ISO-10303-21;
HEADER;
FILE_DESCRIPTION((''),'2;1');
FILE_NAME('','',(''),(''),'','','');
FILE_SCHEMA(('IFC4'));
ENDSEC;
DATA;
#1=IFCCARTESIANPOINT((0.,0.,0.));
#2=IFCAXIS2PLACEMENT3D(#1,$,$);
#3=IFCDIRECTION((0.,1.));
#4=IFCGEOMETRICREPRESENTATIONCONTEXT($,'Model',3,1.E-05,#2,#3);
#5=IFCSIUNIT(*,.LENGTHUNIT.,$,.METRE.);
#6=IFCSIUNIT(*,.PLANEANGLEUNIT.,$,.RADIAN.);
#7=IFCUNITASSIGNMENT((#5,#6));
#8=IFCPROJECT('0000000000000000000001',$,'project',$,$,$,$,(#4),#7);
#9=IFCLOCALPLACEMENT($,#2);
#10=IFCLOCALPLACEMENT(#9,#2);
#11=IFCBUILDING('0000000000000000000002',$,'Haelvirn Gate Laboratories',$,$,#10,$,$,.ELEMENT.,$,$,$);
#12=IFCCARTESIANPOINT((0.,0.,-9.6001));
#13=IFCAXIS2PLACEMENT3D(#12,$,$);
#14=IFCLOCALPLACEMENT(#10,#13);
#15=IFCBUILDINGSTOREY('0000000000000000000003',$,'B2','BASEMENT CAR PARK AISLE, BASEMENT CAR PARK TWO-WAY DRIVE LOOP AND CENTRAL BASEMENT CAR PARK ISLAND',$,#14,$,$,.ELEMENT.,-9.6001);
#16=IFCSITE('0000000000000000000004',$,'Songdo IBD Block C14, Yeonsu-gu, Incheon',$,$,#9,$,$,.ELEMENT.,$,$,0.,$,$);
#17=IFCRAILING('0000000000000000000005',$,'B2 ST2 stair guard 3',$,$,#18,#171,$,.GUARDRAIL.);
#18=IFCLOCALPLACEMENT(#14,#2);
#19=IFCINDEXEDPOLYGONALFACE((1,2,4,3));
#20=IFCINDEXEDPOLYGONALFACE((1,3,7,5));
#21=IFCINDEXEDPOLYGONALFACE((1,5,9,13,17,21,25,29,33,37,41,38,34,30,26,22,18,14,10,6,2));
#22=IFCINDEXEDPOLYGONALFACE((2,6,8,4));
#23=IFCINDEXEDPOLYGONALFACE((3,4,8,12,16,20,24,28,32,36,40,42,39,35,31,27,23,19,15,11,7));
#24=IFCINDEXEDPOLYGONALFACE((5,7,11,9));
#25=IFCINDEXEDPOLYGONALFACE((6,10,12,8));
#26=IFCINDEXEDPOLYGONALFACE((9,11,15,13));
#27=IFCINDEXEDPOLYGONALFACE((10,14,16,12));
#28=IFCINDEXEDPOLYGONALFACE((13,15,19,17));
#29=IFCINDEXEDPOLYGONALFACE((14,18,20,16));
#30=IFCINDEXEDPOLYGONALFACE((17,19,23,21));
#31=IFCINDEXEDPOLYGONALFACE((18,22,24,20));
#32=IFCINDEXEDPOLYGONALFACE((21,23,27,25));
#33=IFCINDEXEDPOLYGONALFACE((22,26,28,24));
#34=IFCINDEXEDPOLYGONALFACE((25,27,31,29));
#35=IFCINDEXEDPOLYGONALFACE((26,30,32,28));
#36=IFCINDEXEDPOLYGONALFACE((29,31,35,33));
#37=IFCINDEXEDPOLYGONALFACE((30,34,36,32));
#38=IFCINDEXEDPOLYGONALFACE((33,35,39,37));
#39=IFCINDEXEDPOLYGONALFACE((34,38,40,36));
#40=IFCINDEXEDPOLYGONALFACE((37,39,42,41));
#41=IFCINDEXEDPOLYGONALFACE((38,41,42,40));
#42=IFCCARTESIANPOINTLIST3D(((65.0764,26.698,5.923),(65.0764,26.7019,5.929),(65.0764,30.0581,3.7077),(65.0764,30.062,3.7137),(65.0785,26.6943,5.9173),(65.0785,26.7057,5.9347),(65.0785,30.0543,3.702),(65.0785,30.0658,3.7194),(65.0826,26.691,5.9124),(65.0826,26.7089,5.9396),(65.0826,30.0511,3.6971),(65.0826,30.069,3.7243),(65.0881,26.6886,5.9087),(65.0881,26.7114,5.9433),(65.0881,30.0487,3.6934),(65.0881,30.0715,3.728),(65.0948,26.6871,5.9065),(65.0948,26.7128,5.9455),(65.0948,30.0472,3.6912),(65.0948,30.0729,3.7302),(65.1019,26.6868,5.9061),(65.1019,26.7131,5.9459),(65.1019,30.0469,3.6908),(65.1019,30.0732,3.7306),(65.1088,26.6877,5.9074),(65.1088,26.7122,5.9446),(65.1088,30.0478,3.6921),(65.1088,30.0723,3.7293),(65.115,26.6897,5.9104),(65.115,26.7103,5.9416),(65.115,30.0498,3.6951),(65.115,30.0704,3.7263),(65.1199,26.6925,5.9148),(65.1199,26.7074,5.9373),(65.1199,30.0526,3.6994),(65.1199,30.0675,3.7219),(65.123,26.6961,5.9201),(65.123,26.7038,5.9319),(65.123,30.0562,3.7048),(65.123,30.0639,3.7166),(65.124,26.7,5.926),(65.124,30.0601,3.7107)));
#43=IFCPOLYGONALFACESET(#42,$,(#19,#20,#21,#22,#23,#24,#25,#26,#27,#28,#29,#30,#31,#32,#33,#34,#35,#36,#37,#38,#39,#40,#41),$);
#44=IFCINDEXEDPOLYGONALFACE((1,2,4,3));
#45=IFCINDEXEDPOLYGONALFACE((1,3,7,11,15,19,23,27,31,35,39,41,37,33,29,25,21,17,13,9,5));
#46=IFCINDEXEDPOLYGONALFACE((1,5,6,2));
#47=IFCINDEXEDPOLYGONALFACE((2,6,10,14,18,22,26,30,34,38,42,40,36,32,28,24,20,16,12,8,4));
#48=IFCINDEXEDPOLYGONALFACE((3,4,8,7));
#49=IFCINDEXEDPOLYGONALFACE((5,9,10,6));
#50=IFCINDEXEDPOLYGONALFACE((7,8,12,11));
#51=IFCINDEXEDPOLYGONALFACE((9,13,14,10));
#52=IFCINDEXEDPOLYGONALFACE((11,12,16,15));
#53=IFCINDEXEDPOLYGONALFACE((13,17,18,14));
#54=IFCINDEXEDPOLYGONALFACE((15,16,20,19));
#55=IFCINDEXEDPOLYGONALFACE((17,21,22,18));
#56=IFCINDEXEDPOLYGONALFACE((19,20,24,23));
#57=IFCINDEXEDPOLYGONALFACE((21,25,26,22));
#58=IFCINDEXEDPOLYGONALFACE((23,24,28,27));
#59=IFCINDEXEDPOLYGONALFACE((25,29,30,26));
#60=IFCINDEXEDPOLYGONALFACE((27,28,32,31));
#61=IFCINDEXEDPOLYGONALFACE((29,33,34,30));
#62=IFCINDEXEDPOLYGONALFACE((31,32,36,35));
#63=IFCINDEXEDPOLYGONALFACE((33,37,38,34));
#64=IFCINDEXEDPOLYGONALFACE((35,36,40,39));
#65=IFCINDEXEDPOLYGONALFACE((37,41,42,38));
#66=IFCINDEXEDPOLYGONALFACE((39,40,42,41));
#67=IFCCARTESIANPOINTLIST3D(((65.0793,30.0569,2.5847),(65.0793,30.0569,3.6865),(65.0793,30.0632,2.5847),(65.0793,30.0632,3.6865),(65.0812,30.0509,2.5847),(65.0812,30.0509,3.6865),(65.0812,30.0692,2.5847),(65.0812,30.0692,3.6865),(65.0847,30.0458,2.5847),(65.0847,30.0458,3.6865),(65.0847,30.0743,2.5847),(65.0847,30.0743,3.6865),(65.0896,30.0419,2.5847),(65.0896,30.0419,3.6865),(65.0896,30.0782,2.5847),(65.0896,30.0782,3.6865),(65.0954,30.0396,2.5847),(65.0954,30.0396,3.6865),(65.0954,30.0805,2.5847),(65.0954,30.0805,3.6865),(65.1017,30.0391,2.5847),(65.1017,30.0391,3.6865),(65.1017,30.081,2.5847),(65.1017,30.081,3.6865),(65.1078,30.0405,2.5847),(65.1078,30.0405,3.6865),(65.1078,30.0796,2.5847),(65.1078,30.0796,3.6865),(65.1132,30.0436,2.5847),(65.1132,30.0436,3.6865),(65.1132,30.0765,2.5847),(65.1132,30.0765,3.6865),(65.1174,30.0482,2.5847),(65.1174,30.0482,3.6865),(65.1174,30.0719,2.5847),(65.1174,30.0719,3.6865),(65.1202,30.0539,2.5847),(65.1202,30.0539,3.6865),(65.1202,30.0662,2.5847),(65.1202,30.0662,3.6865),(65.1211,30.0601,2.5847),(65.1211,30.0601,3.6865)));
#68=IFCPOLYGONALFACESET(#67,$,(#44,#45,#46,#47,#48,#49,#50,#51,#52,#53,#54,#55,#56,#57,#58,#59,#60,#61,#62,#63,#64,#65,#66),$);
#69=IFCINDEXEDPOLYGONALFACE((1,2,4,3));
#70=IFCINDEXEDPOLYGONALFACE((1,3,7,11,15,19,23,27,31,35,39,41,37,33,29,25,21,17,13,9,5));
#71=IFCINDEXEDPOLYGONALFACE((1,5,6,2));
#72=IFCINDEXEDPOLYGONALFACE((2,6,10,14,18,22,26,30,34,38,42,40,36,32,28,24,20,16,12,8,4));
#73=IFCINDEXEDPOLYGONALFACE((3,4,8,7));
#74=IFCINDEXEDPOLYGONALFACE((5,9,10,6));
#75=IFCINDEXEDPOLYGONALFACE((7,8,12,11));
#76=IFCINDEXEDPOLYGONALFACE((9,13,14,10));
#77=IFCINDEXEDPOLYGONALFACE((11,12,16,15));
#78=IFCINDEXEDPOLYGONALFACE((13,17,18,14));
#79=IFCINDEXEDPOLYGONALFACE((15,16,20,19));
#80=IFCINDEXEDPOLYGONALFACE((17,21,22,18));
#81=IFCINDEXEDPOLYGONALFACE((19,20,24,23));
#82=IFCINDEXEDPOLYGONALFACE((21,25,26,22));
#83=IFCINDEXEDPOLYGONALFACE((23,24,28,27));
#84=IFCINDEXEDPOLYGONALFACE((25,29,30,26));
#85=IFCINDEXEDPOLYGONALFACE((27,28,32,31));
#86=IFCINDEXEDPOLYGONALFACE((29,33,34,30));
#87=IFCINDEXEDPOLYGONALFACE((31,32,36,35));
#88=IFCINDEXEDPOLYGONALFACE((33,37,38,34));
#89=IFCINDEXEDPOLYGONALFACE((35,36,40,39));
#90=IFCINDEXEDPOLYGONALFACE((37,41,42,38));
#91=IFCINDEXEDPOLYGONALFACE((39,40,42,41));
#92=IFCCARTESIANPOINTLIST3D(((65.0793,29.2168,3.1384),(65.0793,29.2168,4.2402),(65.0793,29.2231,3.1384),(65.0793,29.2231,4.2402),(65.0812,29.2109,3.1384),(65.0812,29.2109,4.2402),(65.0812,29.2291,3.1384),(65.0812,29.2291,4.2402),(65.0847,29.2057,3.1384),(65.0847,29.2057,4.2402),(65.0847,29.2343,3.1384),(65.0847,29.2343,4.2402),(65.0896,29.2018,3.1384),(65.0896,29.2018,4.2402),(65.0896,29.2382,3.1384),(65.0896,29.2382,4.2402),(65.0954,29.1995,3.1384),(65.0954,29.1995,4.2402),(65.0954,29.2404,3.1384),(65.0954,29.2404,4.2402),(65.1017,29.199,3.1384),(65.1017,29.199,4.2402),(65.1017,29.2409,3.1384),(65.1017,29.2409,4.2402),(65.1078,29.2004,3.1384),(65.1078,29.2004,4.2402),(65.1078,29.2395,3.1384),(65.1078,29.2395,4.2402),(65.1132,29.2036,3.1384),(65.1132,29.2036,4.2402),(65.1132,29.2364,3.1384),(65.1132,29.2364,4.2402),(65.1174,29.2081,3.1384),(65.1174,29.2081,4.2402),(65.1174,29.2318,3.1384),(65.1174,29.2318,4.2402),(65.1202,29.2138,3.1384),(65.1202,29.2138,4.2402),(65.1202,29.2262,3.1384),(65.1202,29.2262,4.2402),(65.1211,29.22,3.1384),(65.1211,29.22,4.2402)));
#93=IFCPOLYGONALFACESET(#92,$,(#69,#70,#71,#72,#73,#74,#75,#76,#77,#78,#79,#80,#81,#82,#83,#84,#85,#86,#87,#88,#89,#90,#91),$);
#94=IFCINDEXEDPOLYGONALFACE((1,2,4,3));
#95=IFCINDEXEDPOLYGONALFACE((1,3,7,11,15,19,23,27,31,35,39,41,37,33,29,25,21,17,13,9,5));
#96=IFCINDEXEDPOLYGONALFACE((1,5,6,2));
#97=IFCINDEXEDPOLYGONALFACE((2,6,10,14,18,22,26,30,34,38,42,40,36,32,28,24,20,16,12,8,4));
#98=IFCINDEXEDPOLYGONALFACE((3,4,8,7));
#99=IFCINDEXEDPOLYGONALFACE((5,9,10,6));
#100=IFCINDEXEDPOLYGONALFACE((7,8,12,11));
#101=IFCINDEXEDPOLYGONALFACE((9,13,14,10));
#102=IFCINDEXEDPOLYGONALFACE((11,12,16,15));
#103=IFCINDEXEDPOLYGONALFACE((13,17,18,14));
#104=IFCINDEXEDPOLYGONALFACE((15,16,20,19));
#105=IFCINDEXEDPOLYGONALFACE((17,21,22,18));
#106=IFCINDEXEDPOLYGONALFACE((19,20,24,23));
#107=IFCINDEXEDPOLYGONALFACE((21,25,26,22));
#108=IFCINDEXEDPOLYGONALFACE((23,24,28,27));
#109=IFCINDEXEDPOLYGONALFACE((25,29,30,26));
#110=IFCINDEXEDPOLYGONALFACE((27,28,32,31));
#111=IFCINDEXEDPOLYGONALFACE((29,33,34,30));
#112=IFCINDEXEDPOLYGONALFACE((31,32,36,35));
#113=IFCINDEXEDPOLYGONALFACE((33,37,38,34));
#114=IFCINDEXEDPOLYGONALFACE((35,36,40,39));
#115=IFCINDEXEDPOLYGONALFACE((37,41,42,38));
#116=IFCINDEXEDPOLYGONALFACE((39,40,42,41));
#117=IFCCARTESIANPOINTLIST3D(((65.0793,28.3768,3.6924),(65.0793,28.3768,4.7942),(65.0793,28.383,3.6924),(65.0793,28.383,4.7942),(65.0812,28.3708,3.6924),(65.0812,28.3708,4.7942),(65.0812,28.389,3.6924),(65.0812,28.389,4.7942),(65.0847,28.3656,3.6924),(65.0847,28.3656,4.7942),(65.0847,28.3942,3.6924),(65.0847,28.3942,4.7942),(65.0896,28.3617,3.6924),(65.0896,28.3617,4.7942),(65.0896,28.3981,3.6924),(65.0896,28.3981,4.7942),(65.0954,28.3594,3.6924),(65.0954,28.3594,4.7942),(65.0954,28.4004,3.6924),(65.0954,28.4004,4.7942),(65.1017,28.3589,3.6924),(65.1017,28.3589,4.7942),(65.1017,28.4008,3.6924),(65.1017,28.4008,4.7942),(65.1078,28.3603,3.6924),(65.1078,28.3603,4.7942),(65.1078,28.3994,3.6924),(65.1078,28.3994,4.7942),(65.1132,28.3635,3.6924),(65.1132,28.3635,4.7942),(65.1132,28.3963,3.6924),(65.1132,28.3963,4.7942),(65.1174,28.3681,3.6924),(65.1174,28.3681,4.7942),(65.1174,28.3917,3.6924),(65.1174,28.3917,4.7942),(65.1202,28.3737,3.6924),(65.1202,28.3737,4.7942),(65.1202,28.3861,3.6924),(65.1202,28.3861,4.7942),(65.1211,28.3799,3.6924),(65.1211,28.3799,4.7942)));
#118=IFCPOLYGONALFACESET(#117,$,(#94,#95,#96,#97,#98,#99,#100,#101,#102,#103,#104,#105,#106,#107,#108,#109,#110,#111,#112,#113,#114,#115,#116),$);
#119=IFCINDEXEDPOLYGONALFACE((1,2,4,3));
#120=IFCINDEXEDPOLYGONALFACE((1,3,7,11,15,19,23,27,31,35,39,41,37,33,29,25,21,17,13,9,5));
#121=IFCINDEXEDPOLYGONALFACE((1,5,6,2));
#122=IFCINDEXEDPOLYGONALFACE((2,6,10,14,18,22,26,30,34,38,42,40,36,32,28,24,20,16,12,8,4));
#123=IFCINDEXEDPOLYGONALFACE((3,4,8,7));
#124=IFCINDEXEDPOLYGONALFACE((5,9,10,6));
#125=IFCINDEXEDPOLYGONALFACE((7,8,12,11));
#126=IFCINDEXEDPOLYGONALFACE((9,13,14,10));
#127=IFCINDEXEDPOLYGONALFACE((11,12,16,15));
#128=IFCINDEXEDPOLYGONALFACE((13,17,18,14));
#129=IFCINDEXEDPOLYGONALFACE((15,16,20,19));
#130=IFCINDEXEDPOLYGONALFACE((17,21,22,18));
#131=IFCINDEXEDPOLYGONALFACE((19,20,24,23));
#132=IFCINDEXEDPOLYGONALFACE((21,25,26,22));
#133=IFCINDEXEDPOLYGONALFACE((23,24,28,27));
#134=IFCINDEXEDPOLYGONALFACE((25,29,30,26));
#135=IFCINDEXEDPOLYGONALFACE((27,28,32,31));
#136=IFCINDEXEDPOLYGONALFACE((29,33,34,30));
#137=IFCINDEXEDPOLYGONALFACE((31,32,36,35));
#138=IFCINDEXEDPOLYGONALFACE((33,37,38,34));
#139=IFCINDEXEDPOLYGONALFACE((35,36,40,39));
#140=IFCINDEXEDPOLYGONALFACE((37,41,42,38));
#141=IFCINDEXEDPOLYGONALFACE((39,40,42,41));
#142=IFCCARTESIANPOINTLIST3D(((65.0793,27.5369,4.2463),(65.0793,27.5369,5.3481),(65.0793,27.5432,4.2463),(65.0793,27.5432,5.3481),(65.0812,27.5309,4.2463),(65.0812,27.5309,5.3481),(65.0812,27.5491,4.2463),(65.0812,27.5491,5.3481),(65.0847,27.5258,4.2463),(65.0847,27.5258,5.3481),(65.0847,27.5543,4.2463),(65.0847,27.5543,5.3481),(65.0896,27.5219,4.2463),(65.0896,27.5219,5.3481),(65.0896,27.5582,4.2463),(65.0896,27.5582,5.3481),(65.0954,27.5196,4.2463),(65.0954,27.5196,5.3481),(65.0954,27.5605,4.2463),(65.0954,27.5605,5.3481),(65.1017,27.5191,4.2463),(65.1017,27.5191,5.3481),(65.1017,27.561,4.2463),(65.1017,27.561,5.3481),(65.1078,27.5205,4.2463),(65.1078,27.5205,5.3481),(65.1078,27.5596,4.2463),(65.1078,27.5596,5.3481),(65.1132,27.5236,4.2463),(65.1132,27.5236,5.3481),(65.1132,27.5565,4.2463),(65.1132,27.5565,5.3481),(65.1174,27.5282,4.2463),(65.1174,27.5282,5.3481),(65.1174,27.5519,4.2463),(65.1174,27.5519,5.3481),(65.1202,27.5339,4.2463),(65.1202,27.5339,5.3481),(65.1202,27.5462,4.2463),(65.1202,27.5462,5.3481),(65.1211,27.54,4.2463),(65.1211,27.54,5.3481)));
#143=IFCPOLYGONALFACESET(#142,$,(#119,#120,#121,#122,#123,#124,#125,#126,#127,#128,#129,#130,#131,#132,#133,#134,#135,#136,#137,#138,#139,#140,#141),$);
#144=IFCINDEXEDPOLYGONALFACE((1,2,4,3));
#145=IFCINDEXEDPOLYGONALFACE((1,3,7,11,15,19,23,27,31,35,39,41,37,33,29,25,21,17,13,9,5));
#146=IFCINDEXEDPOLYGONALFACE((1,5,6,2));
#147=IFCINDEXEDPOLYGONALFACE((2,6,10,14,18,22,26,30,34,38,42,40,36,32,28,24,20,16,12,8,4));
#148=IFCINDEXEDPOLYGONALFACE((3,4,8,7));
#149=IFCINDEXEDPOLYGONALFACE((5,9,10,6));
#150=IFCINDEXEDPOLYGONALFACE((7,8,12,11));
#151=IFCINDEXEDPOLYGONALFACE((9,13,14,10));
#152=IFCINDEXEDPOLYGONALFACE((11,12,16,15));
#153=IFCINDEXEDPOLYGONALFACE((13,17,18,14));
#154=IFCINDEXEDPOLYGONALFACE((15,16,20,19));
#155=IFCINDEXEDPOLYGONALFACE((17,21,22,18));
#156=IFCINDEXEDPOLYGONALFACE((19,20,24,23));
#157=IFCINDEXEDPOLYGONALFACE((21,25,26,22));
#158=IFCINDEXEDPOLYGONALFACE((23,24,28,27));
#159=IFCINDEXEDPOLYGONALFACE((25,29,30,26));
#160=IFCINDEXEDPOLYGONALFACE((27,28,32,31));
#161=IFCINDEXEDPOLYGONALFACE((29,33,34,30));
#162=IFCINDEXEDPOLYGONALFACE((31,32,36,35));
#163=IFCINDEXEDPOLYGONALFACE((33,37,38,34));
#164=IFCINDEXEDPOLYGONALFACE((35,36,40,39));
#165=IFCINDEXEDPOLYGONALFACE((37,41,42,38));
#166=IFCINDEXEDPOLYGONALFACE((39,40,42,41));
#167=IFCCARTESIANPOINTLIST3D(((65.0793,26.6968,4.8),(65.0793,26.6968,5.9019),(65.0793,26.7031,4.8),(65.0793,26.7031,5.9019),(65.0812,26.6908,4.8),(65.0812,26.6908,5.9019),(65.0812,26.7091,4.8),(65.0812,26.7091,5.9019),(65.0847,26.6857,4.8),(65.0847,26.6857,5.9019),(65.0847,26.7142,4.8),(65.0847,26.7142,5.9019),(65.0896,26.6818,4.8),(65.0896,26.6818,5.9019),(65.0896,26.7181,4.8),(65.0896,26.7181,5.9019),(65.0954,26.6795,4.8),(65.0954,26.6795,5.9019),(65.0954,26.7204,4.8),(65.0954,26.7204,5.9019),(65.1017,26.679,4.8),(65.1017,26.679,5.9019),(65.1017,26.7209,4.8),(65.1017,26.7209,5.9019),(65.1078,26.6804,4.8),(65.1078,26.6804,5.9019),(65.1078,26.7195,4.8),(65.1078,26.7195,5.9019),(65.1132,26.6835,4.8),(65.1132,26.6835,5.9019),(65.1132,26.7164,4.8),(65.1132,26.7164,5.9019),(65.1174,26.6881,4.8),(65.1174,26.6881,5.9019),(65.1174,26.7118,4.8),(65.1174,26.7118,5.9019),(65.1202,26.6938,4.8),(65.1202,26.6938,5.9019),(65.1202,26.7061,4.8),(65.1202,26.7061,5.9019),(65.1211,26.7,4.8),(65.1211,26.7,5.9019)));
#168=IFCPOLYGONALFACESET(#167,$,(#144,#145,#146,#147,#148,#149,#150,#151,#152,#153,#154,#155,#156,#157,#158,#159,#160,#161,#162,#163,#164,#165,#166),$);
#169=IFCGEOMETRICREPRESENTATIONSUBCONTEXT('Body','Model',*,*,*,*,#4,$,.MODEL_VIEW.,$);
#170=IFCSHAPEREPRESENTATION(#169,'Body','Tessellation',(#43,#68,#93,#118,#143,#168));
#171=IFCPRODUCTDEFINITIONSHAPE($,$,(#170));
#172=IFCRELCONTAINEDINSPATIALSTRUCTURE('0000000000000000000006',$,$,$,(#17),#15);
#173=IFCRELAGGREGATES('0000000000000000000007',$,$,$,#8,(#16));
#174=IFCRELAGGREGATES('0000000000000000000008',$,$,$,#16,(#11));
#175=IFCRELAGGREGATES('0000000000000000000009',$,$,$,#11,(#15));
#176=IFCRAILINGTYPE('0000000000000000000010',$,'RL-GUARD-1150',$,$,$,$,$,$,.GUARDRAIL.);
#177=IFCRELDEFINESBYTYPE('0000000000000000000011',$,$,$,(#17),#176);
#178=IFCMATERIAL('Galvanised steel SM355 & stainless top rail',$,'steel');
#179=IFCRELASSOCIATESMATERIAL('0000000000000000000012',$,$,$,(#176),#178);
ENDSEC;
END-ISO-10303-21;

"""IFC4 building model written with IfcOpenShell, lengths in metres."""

from ifc_helpers import new_model, si_unit, direction, frame, origin, origin_2d, place, context, subcontext, project, spatial, circle, extrude, source, transform, mapped, material, type_object, element, save


model = new_model("IFC4")

# Units and contexts
model_context = context("Model", 3, precision=1e-05, world=origin(), true_north=direction((0.0, 1.0)))
body_context = subcontext(model_context, "Body", "Model", "MODEL_VIEW")
ifc_project = project(units=[si_unit("LENGTHUNIT", "METRE"), si_unit("PLANEANGLEUNIT", "RADIAN")], contexts=[model_context])

# Site, building, storey
site_placement = place(None, origin())
site = spatial("IfcSite", under=ifc_project, at=site_placement, Name="Songdo IBD Block C14, Yeonsu-gu, Incheon", CompositionType="ELEMENT", RefElevation=0.0)
building_placement = place(site_placement, origin())
building = spatial("IfcBuilding", under=site, at=building_placement, Name="Haelvirn Gate Laboratories", CompositionType="ELEMENT")
storey_placement = place(building_placement, frame((0.0, 0.0, -9.6001)))
storey = spatial("IfcBuildingStorey", under=building, at=storey_placement, Name="B2", Description="BASEMENT CAR PARK AISLE, BASEMENT CAR PARK TWO-WAY DRIVE LOOP AND CENTRAL BASEMENT CAR PARK ISLAND", CompositionType="ELEMENT", Elevation=-9.6001)

# Railing
ifc_material_1 = material(Name="Galvanised steel SM355 & stainless top rail", Category="steel")
railing_type_1 = type_object("IfcRailingType", Name="RL-GUARD-1150", PredefinedType="GUARDRAIL", material=ifc_material_1)
shared_shape_1 = source(origin(), body_context, "Body", "SweptSolid", [
    extrude(circle(Radius=0.0239, at=origin_2d()), frame((0.0, 0.0, 1.126), z_axis=(0.0, -0.834876, 0.550437), x_axis=(1.0, 0.0, 0.0)), (0.0, 0.0, 1.0), 4.0247),
    extrude(circle(Radius=0.021, at=origin_2d()), origin(), (0.0, 0.0, 1.0), 1.1018),
    extrude(circle(Radius=0.021, at=origin_2d()), frame((0.0, -0.8401, 0.5537)), (0.0, 0.0, 1.0), 1.1018),
    extrude(circle(Radius=0.021, at=origin_2d()), frame((0.0, -1.6802, 1.1077)), (0.0, 0.0, 1.0), 1.1018),
    extrude(circle(Radius=0.021, at=origin_2d()), frame((0.0, -2.52, 1.6616)), (0.0, 0.0, 1.0), 1.1018),
    extrude(circle(Radius=0.021, at=origin_2d()), frame((0.0, -3.3601, 2.2153)), (0.0, 0.0, 1.0), 1.1018),
])
railing_1_placement = place(storey_placement, frame((65.1001, 30.0601, 2.5847)))
element("IfcRailing", 1, at=railing_1_placement, inside=storey, type_object=railing_type_1, Name="B2 ST2 stair guard 3", PredefinedType="GUARDRAIL", context=body_context, shape_type="MappedRepresentation", body=[
    mapped(shared_shape_1, transform((0.0, 0.0, 0.0), scale=1.0)),
])

save(model, "model.ifc")
